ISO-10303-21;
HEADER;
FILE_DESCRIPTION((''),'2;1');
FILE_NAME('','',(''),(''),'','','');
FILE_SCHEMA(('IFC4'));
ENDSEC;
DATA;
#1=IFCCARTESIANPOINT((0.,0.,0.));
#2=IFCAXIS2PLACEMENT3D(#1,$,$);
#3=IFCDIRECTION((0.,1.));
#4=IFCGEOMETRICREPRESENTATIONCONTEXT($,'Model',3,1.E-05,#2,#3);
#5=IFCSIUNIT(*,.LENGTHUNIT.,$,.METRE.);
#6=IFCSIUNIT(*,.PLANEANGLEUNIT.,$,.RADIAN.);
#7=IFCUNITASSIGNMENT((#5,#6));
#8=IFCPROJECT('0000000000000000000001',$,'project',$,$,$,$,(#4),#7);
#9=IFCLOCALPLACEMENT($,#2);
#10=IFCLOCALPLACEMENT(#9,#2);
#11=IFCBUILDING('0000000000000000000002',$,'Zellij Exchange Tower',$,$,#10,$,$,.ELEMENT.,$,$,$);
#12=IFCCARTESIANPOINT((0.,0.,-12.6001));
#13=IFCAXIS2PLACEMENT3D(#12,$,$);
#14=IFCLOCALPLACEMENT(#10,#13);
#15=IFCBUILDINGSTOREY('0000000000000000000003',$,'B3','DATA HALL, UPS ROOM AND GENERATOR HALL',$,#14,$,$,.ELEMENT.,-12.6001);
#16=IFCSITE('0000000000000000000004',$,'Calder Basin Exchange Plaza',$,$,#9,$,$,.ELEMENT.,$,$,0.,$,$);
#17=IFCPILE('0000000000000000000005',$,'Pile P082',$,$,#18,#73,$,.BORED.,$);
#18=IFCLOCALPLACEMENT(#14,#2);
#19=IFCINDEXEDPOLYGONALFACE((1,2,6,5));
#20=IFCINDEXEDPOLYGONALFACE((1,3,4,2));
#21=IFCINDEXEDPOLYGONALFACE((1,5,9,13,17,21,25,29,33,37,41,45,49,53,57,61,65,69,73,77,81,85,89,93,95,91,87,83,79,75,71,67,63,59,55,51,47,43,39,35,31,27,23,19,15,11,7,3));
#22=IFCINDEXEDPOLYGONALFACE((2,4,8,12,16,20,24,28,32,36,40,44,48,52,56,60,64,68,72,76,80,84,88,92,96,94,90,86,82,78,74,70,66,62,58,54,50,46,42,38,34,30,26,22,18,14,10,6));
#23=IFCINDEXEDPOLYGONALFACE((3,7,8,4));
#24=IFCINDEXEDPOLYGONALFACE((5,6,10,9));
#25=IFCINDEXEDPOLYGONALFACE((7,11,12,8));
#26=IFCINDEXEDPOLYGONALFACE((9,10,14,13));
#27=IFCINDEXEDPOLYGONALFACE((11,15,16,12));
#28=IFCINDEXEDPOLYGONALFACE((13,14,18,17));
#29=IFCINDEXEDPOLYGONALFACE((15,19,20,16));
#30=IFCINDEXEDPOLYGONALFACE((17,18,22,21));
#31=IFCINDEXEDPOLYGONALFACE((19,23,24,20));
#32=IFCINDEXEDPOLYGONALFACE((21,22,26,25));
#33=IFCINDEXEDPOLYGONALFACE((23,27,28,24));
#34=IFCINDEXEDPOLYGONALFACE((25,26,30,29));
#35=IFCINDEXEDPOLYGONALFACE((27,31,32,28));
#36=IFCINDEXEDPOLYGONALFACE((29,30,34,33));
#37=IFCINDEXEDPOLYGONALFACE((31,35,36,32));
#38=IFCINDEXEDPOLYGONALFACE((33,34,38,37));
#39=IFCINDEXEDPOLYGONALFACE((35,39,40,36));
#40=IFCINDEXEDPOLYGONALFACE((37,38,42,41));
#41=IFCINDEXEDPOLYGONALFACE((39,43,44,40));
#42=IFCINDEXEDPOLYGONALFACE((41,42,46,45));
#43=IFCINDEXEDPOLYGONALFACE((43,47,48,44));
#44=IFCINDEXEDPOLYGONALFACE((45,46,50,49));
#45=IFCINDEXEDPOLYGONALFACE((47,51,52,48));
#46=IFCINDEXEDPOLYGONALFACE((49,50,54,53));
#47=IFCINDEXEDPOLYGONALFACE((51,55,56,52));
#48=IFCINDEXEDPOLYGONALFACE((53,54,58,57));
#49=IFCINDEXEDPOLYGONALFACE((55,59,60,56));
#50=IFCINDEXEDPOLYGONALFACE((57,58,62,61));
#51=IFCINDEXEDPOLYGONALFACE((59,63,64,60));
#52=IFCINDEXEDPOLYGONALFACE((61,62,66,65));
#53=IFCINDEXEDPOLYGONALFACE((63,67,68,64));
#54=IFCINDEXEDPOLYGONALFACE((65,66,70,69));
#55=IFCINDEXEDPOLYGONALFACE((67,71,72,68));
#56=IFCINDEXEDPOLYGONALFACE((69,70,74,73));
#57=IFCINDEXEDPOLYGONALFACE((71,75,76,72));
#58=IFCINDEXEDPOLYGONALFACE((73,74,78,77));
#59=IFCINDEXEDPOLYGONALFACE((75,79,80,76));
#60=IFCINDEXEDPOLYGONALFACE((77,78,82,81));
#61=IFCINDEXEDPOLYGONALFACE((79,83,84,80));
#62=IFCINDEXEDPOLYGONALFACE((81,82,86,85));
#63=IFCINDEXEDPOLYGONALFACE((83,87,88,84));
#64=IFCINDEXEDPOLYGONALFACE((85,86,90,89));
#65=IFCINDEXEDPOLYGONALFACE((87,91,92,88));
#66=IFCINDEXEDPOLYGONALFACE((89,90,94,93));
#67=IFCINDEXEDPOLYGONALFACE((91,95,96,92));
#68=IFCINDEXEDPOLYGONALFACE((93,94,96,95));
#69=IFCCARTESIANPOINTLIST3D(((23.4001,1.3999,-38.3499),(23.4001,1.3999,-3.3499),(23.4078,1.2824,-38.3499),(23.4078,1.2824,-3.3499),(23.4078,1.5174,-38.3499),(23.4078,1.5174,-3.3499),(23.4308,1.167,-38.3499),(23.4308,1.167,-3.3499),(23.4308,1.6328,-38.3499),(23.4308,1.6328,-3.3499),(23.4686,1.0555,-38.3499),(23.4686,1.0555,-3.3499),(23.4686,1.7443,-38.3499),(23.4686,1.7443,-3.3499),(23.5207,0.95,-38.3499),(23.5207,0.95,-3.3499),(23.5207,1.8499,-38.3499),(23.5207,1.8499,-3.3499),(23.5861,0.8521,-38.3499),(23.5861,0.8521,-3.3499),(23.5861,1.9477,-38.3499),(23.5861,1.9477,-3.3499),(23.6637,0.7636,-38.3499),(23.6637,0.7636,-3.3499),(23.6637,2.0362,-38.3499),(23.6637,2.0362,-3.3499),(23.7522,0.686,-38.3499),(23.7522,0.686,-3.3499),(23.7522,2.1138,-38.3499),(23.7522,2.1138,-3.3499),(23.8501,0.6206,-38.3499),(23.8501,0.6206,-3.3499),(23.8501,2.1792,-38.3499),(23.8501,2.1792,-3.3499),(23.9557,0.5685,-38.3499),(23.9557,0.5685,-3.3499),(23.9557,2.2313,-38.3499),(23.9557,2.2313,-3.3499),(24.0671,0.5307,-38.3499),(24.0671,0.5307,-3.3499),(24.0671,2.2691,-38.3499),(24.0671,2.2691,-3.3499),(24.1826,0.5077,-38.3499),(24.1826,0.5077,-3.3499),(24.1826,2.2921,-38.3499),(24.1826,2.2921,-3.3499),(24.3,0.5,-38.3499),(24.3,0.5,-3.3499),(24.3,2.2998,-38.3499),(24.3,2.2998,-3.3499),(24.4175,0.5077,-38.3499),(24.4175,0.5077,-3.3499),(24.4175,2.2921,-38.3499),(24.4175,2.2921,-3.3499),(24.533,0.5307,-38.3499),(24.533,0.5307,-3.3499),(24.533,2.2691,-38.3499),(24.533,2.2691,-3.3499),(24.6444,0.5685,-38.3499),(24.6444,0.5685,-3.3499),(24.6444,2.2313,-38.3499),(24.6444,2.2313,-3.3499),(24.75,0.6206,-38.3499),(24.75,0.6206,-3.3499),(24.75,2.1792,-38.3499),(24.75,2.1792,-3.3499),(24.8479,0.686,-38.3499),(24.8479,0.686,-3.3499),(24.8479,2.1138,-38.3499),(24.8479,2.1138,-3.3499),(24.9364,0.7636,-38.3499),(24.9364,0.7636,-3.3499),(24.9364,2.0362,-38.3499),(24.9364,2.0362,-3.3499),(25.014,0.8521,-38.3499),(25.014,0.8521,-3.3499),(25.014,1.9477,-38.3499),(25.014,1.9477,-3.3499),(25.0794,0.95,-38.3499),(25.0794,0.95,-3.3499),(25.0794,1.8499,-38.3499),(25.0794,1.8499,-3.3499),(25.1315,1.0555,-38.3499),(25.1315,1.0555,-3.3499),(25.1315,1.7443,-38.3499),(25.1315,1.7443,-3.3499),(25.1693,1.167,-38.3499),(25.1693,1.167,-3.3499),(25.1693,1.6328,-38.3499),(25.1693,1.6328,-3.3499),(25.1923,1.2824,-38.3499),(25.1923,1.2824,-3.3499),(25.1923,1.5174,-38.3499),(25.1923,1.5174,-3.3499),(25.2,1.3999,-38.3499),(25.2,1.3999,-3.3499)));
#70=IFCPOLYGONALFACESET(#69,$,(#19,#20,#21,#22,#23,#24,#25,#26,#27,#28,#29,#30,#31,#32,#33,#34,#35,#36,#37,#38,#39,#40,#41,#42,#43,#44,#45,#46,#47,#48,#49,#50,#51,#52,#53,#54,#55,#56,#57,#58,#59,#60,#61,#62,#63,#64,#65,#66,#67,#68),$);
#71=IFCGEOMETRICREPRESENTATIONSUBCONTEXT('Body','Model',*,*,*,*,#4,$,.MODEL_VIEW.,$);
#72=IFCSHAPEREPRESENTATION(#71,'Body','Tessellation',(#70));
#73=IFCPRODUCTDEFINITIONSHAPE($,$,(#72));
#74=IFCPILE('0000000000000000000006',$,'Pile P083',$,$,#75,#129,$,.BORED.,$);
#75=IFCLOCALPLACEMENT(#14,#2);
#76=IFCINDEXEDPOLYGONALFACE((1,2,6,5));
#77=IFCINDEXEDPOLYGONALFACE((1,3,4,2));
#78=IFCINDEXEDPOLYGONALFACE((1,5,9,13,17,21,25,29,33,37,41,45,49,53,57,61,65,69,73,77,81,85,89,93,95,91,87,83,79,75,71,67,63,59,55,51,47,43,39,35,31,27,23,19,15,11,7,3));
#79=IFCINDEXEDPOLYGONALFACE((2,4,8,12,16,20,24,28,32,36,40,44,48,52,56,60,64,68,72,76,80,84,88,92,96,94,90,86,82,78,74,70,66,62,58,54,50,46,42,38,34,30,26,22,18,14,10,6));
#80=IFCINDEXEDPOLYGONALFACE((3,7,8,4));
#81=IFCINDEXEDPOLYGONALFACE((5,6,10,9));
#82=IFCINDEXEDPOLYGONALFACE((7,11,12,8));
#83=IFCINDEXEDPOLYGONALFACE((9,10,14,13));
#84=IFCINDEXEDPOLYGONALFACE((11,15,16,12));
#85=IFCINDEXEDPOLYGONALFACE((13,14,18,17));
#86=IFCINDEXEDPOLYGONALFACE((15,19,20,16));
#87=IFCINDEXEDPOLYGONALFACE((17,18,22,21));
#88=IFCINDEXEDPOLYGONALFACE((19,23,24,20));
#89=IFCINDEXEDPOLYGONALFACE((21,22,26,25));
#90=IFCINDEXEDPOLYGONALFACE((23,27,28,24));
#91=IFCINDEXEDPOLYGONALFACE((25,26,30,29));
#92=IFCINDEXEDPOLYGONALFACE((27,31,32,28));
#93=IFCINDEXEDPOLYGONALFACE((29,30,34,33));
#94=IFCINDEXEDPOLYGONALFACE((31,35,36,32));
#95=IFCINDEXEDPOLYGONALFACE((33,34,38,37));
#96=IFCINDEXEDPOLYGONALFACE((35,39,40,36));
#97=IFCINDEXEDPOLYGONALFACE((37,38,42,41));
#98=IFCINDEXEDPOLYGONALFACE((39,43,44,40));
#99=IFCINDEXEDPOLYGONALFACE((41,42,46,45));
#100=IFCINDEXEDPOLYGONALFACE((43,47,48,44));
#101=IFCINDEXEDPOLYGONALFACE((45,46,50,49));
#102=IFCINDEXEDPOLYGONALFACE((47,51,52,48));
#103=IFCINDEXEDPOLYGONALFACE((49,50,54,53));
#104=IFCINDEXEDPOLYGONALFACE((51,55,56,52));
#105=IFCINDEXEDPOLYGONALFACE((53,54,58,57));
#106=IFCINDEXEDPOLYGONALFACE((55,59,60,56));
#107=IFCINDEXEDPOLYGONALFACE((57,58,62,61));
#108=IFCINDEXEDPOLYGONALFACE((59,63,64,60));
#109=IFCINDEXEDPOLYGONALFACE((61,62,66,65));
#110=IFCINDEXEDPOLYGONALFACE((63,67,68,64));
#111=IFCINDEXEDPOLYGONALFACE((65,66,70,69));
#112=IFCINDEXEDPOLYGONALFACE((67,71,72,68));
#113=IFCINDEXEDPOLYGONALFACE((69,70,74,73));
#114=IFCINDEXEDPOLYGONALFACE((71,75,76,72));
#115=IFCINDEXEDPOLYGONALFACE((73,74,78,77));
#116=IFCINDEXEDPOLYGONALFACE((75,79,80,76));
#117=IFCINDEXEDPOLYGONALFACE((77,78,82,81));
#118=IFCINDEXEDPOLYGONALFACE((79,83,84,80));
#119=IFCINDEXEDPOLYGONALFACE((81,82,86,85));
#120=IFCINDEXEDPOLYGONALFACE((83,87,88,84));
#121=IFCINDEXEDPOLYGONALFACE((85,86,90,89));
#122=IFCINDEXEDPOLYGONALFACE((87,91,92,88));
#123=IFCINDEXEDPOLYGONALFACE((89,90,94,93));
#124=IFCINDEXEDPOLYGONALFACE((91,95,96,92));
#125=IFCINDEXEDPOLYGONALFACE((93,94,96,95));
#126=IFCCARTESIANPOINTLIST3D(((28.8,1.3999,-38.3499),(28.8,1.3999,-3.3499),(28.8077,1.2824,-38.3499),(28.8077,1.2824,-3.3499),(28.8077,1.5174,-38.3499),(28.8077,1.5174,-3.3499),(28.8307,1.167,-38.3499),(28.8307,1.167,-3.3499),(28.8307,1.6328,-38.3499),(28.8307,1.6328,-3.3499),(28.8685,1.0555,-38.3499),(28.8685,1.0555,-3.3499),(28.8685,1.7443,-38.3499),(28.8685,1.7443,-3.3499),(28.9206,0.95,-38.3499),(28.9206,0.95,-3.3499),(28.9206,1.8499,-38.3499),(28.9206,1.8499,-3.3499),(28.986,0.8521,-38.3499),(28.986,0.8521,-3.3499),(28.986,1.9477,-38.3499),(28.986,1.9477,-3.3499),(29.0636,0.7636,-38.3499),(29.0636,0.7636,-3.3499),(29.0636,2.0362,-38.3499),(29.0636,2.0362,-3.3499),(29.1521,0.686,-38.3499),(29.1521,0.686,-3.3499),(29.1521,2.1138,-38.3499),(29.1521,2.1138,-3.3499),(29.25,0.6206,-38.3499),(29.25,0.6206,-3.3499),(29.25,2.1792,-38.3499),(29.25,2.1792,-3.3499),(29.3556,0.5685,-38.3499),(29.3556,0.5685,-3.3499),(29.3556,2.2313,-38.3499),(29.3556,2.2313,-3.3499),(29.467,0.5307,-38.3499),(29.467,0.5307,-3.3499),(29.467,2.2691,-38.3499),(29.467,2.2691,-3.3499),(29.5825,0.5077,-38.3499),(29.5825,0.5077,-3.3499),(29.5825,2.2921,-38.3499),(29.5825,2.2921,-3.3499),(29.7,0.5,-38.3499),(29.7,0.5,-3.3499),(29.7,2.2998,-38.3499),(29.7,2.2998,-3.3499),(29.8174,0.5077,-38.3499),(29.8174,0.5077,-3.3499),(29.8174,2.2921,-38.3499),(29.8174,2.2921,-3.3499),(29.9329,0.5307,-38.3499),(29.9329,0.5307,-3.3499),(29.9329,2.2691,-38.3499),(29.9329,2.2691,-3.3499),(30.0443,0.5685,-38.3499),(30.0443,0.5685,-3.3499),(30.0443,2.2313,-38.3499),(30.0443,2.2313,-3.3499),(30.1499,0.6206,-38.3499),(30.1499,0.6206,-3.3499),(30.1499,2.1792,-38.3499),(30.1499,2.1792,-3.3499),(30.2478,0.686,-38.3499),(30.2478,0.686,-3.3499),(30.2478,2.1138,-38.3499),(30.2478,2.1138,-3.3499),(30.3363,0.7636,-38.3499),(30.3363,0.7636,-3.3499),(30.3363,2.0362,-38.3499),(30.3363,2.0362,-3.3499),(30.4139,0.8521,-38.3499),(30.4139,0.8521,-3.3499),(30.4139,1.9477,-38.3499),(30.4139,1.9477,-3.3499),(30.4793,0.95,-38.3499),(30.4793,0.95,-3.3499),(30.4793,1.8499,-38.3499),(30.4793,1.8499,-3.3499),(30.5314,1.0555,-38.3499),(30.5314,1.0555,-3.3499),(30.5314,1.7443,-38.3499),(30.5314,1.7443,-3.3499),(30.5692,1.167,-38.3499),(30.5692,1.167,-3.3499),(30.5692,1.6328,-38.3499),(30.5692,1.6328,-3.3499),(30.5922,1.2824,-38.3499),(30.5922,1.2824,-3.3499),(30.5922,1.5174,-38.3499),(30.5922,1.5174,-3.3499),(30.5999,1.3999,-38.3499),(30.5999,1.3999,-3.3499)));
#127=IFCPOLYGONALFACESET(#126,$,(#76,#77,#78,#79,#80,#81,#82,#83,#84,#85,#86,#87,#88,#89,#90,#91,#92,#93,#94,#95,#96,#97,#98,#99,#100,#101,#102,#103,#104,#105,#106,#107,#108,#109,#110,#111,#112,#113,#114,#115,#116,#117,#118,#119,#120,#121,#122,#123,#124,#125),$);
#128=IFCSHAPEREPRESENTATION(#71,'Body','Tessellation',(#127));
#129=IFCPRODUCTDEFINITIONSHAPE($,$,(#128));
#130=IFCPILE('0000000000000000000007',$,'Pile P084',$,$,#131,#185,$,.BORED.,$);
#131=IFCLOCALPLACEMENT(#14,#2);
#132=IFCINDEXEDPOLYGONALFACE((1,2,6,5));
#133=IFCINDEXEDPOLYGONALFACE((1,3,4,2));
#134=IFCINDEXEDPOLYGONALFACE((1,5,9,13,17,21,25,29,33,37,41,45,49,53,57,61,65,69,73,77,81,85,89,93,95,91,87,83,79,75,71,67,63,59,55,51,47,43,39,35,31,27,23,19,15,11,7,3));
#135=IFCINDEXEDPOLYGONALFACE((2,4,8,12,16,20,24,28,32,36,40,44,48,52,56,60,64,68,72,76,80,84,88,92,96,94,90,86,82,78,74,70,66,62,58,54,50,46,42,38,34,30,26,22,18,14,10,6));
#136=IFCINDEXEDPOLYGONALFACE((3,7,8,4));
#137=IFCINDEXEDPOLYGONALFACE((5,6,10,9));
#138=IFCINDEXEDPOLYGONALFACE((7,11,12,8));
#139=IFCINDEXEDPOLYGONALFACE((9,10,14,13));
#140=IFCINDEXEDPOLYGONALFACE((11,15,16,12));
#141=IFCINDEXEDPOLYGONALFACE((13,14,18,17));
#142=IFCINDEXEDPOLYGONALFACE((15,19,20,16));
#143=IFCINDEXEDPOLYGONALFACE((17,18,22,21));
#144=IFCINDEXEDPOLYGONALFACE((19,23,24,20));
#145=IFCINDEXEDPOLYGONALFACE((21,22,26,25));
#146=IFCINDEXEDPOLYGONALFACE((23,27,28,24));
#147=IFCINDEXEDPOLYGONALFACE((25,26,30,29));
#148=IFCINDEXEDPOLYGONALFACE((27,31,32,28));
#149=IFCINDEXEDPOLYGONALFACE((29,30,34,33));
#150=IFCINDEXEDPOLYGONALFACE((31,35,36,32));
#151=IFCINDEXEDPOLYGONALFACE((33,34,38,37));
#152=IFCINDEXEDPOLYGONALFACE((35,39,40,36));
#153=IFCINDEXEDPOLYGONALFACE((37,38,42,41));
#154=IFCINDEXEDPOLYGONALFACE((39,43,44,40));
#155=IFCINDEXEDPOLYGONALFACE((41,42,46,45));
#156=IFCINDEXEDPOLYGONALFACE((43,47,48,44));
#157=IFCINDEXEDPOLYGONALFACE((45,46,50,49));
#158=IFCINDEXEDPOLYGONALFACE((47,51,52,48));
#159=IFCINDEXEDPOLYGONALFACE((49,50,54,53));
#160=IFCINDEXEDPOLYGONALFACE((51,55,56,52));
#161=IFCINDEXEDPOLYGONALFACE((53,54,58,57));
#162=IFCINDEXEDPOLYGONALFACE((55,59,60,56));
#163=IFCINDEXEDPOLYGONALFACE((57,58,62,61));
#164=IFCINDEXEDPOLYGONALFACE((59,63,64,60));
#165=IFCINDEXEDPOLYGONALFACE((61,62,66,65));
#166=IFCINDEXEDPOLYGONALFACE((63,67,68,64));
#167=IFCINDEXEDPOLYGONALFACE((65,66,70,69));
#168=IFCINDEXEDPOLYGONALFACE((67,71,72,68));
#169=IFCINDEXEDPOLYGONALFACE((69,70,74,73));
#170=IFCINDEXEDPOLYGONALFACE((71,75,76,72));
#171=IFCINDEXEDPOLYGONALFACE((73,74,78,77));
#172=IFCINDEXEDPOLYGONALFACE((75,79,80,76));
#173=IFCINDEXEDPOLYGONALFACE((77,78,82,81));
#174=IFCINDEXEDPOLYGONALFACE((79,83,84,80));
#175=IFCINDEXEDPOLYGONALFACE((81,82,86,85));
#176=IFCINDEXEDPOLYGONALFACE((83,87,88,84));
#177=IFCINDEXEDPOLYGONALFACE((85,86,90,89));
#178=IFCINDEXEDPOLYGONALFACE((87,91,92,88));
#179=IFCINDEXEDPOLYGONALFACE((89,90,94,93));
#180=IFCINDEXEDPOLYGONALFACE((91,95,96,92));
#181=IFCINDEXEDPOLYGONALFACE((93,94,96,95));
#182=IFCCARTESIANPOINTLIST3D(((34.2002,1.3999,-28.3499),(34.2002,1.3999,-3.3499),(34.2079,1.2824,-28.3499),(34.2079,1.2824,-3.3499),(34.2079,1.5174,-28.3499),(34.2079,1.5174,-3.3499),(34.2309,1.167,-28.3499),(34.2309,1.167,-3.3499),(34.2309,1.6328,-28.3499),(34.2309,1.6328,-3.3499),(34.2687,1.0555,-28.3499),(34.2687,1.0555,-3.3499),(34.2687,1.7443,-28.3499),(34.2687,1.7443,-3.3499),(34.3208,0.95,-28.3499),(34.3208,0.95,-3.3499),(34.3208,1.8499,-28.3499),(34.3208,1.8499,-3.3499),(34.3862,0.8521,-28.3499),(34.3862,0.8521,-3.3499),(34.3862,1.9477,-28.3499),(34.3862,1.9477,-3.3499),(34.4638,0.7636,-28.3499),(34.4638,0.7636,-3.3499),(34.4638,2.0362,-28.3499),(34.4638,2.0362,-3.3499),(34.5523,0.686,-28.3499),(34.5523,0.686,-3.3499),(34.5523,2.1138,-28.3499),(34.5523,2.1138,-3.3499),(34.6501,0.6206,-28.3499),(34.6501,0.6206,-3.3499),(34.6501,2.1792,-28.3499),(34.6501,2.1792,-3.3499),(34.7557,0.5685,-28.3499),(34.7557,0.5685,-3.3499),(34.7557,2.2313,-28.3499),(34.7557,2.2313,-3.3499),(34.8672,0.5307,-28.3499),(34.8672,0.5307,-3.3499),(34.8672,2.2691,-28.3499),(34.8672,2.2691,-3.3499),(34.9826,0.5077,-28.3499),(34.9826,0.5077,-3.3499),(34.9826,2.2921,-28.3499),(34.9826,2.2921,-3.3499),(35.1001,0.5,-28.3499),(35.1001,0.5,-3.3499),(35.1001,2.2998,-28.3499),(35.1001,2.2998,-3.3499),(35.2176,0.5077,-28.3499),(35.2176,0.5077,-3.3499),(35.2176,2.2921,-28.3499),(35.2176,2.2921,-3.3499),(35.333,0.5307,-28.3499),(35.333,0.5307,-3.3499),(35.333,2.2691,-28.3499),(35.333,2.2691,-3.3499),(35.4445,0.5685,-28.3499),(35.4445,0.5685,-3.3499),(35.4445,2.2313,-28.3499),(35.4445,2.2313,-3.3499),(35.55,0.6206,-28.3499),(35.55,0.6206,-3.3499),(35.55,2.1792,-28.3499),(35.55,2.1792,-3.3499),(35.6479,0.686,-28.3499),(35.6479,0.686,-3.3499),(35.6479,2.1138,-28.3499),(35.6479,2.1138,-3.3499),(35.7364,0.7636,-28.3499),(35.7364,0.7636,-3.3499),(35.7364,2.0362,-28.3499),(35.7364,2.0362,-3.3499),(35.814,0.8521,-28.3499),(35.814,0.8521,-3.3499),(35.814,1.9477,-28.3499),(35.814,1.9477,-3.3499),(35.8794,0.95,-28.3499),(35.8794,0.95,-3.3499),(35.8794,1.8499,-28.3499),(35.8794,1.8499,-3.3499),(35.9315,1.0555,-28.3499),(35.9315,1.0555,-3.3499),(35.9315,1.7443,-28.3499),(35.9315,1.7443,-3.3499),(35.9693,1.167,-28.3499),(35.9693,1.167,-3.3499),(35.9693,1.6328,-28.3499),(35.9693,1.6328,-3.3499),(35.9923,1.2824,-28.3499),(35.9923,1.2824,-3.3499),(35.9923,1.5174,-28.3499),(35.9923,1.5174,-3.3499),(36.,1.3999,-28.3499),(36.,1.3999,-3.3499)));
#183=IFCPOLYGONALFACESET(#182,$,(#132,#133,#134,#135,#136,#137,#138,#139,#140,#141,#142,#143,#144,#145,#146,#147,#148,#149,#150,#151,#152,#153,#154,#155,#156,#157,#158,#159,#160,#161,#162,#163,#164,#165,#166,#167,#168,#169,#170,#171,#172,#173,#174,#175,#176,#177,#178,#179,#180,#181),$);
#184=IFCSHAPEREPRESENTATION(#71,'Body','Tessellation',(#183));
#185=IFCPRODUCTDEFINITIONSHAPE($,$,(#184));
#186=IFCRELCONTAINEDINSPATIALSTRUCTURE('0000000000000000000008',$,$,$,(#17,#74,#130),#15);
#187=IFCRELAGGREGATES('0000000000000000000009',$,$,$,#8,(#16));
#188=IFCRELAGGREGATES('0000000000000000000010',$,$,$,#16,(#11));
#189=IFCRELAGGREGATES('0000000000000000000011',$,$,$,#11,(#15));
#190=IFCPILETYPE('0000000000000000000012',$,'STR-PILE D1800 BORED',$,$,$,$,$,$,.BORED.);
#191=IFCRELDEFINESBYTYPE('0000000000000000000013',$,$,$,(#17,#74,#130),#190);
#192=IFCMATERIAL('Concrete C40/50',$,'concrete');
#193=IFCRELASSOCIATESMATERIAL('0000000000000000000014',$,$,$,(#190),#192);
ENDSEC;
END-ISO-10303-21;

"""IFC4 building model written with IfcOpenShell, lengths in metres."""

from ifc_helpers import new_model, si_unit, direction, frame, origin, origin_2d, place, context, subcontext, project, spatial, circle, extrude, material, material_profile, profile_set, type_object, element, save


model = new_model("IFC4")

# Units and contexts
model_context = context("Model", 3, precision=1e-05, world=origin(), true_north=direction((0.0, 1.0)))
body_context = subcontext(model_context, "Body", "Model", "MODEL_VIEW")
ifc_project = project(units=[si_unit("LENGTHUNIT", "METRE"), si_unit("PLANEANGLEUNIT", "RADIAN")], contexts=[model_context])

# Site, building, storey
site_placement = place(None, origin())
site = spatial("IfcSite", under=ifc_project, at=site_placement, Name="Calder Basin Exchange Plaza", CompositionType="ELEMENT", RefElevation=0.0)
building_placement = place(site_placement, origin())
building = spatial("IfcBuilding", under=site, at=building_placement, Name="Zellij Exchange Tower", CompositionType="ELEMENT")
storey_placement = place(building_placement, frame((0.0, 0.0, -12.6001)))
storey = spatial("IfcBuildingStorey", under=building, at=storey_placement, Name="B3", Description="DATA HALL, UPS ROOM AND GENERATOR HALL", CompositionType="ELEMENT", Elevation=-12.6001)

# Piles
ifc_material_1 = material(Name="Concrete C40/50", Category="concrete")
ifc_material_profile_1 = material_profile(ifc_material_1, circle(Radius=0.8999, at=origin_2d()), Name="STR-PILE D1800 BORED")
ifc_profile_set_1 = profile_set([ifc_material_profile_1], Name="Concrete C40/50")
pile_type = type_object("IfcPileType", Name="STR-PILE D1800 BORED", PredefinedType="BORED", material=ifc_profile_set_1)
for number, where, z_axis, x_axis, name in (
    (1, (24.3, 1.3999, -3.3499), (0.0, 0.0, -1.0), (1.0, 0.0, 0.0), "Pile P082"),
    (2, (29.7, 1.3999, -3.3499), (0.0, 0.0, -1.0), (1.0, 0.0, 0.0), "Pile P083"),
):
    element("IfcPile", number, at=place(storey_placement, frame(where, z_axis=z_axis, x_axis=x_axis)), inside=storey, type_object=pile_type, Name=name, PredefinedType="BORED", context=body_context, shape_type="SweptSolid", body=[
        extrude(circle(Radius=0.8999, at=origin_2d()), origin(), (0.0, 0.0, 1.0), 35.0),
    ])
pile_1_placement = place(storey_placement, frame((35.1001, 1.3999, -3.3499), z_axis=(0.0, 0.0, -1.0), x_axis=(1.0, 0.0, 0.0)))
element("IfcPile", 3, at=pile_1_placement, inside=storey, type_object=pile_type, Name="Pile P084", PredefinedType="BORED", context=body_context, shape_type="SweptSolid", body=[
    extrude(circle(Radius=0.8999, at=origin_2d()), origin(), (0.0, 0.0, 1.0), 25.0),
])

save(model, "model.ifc")
